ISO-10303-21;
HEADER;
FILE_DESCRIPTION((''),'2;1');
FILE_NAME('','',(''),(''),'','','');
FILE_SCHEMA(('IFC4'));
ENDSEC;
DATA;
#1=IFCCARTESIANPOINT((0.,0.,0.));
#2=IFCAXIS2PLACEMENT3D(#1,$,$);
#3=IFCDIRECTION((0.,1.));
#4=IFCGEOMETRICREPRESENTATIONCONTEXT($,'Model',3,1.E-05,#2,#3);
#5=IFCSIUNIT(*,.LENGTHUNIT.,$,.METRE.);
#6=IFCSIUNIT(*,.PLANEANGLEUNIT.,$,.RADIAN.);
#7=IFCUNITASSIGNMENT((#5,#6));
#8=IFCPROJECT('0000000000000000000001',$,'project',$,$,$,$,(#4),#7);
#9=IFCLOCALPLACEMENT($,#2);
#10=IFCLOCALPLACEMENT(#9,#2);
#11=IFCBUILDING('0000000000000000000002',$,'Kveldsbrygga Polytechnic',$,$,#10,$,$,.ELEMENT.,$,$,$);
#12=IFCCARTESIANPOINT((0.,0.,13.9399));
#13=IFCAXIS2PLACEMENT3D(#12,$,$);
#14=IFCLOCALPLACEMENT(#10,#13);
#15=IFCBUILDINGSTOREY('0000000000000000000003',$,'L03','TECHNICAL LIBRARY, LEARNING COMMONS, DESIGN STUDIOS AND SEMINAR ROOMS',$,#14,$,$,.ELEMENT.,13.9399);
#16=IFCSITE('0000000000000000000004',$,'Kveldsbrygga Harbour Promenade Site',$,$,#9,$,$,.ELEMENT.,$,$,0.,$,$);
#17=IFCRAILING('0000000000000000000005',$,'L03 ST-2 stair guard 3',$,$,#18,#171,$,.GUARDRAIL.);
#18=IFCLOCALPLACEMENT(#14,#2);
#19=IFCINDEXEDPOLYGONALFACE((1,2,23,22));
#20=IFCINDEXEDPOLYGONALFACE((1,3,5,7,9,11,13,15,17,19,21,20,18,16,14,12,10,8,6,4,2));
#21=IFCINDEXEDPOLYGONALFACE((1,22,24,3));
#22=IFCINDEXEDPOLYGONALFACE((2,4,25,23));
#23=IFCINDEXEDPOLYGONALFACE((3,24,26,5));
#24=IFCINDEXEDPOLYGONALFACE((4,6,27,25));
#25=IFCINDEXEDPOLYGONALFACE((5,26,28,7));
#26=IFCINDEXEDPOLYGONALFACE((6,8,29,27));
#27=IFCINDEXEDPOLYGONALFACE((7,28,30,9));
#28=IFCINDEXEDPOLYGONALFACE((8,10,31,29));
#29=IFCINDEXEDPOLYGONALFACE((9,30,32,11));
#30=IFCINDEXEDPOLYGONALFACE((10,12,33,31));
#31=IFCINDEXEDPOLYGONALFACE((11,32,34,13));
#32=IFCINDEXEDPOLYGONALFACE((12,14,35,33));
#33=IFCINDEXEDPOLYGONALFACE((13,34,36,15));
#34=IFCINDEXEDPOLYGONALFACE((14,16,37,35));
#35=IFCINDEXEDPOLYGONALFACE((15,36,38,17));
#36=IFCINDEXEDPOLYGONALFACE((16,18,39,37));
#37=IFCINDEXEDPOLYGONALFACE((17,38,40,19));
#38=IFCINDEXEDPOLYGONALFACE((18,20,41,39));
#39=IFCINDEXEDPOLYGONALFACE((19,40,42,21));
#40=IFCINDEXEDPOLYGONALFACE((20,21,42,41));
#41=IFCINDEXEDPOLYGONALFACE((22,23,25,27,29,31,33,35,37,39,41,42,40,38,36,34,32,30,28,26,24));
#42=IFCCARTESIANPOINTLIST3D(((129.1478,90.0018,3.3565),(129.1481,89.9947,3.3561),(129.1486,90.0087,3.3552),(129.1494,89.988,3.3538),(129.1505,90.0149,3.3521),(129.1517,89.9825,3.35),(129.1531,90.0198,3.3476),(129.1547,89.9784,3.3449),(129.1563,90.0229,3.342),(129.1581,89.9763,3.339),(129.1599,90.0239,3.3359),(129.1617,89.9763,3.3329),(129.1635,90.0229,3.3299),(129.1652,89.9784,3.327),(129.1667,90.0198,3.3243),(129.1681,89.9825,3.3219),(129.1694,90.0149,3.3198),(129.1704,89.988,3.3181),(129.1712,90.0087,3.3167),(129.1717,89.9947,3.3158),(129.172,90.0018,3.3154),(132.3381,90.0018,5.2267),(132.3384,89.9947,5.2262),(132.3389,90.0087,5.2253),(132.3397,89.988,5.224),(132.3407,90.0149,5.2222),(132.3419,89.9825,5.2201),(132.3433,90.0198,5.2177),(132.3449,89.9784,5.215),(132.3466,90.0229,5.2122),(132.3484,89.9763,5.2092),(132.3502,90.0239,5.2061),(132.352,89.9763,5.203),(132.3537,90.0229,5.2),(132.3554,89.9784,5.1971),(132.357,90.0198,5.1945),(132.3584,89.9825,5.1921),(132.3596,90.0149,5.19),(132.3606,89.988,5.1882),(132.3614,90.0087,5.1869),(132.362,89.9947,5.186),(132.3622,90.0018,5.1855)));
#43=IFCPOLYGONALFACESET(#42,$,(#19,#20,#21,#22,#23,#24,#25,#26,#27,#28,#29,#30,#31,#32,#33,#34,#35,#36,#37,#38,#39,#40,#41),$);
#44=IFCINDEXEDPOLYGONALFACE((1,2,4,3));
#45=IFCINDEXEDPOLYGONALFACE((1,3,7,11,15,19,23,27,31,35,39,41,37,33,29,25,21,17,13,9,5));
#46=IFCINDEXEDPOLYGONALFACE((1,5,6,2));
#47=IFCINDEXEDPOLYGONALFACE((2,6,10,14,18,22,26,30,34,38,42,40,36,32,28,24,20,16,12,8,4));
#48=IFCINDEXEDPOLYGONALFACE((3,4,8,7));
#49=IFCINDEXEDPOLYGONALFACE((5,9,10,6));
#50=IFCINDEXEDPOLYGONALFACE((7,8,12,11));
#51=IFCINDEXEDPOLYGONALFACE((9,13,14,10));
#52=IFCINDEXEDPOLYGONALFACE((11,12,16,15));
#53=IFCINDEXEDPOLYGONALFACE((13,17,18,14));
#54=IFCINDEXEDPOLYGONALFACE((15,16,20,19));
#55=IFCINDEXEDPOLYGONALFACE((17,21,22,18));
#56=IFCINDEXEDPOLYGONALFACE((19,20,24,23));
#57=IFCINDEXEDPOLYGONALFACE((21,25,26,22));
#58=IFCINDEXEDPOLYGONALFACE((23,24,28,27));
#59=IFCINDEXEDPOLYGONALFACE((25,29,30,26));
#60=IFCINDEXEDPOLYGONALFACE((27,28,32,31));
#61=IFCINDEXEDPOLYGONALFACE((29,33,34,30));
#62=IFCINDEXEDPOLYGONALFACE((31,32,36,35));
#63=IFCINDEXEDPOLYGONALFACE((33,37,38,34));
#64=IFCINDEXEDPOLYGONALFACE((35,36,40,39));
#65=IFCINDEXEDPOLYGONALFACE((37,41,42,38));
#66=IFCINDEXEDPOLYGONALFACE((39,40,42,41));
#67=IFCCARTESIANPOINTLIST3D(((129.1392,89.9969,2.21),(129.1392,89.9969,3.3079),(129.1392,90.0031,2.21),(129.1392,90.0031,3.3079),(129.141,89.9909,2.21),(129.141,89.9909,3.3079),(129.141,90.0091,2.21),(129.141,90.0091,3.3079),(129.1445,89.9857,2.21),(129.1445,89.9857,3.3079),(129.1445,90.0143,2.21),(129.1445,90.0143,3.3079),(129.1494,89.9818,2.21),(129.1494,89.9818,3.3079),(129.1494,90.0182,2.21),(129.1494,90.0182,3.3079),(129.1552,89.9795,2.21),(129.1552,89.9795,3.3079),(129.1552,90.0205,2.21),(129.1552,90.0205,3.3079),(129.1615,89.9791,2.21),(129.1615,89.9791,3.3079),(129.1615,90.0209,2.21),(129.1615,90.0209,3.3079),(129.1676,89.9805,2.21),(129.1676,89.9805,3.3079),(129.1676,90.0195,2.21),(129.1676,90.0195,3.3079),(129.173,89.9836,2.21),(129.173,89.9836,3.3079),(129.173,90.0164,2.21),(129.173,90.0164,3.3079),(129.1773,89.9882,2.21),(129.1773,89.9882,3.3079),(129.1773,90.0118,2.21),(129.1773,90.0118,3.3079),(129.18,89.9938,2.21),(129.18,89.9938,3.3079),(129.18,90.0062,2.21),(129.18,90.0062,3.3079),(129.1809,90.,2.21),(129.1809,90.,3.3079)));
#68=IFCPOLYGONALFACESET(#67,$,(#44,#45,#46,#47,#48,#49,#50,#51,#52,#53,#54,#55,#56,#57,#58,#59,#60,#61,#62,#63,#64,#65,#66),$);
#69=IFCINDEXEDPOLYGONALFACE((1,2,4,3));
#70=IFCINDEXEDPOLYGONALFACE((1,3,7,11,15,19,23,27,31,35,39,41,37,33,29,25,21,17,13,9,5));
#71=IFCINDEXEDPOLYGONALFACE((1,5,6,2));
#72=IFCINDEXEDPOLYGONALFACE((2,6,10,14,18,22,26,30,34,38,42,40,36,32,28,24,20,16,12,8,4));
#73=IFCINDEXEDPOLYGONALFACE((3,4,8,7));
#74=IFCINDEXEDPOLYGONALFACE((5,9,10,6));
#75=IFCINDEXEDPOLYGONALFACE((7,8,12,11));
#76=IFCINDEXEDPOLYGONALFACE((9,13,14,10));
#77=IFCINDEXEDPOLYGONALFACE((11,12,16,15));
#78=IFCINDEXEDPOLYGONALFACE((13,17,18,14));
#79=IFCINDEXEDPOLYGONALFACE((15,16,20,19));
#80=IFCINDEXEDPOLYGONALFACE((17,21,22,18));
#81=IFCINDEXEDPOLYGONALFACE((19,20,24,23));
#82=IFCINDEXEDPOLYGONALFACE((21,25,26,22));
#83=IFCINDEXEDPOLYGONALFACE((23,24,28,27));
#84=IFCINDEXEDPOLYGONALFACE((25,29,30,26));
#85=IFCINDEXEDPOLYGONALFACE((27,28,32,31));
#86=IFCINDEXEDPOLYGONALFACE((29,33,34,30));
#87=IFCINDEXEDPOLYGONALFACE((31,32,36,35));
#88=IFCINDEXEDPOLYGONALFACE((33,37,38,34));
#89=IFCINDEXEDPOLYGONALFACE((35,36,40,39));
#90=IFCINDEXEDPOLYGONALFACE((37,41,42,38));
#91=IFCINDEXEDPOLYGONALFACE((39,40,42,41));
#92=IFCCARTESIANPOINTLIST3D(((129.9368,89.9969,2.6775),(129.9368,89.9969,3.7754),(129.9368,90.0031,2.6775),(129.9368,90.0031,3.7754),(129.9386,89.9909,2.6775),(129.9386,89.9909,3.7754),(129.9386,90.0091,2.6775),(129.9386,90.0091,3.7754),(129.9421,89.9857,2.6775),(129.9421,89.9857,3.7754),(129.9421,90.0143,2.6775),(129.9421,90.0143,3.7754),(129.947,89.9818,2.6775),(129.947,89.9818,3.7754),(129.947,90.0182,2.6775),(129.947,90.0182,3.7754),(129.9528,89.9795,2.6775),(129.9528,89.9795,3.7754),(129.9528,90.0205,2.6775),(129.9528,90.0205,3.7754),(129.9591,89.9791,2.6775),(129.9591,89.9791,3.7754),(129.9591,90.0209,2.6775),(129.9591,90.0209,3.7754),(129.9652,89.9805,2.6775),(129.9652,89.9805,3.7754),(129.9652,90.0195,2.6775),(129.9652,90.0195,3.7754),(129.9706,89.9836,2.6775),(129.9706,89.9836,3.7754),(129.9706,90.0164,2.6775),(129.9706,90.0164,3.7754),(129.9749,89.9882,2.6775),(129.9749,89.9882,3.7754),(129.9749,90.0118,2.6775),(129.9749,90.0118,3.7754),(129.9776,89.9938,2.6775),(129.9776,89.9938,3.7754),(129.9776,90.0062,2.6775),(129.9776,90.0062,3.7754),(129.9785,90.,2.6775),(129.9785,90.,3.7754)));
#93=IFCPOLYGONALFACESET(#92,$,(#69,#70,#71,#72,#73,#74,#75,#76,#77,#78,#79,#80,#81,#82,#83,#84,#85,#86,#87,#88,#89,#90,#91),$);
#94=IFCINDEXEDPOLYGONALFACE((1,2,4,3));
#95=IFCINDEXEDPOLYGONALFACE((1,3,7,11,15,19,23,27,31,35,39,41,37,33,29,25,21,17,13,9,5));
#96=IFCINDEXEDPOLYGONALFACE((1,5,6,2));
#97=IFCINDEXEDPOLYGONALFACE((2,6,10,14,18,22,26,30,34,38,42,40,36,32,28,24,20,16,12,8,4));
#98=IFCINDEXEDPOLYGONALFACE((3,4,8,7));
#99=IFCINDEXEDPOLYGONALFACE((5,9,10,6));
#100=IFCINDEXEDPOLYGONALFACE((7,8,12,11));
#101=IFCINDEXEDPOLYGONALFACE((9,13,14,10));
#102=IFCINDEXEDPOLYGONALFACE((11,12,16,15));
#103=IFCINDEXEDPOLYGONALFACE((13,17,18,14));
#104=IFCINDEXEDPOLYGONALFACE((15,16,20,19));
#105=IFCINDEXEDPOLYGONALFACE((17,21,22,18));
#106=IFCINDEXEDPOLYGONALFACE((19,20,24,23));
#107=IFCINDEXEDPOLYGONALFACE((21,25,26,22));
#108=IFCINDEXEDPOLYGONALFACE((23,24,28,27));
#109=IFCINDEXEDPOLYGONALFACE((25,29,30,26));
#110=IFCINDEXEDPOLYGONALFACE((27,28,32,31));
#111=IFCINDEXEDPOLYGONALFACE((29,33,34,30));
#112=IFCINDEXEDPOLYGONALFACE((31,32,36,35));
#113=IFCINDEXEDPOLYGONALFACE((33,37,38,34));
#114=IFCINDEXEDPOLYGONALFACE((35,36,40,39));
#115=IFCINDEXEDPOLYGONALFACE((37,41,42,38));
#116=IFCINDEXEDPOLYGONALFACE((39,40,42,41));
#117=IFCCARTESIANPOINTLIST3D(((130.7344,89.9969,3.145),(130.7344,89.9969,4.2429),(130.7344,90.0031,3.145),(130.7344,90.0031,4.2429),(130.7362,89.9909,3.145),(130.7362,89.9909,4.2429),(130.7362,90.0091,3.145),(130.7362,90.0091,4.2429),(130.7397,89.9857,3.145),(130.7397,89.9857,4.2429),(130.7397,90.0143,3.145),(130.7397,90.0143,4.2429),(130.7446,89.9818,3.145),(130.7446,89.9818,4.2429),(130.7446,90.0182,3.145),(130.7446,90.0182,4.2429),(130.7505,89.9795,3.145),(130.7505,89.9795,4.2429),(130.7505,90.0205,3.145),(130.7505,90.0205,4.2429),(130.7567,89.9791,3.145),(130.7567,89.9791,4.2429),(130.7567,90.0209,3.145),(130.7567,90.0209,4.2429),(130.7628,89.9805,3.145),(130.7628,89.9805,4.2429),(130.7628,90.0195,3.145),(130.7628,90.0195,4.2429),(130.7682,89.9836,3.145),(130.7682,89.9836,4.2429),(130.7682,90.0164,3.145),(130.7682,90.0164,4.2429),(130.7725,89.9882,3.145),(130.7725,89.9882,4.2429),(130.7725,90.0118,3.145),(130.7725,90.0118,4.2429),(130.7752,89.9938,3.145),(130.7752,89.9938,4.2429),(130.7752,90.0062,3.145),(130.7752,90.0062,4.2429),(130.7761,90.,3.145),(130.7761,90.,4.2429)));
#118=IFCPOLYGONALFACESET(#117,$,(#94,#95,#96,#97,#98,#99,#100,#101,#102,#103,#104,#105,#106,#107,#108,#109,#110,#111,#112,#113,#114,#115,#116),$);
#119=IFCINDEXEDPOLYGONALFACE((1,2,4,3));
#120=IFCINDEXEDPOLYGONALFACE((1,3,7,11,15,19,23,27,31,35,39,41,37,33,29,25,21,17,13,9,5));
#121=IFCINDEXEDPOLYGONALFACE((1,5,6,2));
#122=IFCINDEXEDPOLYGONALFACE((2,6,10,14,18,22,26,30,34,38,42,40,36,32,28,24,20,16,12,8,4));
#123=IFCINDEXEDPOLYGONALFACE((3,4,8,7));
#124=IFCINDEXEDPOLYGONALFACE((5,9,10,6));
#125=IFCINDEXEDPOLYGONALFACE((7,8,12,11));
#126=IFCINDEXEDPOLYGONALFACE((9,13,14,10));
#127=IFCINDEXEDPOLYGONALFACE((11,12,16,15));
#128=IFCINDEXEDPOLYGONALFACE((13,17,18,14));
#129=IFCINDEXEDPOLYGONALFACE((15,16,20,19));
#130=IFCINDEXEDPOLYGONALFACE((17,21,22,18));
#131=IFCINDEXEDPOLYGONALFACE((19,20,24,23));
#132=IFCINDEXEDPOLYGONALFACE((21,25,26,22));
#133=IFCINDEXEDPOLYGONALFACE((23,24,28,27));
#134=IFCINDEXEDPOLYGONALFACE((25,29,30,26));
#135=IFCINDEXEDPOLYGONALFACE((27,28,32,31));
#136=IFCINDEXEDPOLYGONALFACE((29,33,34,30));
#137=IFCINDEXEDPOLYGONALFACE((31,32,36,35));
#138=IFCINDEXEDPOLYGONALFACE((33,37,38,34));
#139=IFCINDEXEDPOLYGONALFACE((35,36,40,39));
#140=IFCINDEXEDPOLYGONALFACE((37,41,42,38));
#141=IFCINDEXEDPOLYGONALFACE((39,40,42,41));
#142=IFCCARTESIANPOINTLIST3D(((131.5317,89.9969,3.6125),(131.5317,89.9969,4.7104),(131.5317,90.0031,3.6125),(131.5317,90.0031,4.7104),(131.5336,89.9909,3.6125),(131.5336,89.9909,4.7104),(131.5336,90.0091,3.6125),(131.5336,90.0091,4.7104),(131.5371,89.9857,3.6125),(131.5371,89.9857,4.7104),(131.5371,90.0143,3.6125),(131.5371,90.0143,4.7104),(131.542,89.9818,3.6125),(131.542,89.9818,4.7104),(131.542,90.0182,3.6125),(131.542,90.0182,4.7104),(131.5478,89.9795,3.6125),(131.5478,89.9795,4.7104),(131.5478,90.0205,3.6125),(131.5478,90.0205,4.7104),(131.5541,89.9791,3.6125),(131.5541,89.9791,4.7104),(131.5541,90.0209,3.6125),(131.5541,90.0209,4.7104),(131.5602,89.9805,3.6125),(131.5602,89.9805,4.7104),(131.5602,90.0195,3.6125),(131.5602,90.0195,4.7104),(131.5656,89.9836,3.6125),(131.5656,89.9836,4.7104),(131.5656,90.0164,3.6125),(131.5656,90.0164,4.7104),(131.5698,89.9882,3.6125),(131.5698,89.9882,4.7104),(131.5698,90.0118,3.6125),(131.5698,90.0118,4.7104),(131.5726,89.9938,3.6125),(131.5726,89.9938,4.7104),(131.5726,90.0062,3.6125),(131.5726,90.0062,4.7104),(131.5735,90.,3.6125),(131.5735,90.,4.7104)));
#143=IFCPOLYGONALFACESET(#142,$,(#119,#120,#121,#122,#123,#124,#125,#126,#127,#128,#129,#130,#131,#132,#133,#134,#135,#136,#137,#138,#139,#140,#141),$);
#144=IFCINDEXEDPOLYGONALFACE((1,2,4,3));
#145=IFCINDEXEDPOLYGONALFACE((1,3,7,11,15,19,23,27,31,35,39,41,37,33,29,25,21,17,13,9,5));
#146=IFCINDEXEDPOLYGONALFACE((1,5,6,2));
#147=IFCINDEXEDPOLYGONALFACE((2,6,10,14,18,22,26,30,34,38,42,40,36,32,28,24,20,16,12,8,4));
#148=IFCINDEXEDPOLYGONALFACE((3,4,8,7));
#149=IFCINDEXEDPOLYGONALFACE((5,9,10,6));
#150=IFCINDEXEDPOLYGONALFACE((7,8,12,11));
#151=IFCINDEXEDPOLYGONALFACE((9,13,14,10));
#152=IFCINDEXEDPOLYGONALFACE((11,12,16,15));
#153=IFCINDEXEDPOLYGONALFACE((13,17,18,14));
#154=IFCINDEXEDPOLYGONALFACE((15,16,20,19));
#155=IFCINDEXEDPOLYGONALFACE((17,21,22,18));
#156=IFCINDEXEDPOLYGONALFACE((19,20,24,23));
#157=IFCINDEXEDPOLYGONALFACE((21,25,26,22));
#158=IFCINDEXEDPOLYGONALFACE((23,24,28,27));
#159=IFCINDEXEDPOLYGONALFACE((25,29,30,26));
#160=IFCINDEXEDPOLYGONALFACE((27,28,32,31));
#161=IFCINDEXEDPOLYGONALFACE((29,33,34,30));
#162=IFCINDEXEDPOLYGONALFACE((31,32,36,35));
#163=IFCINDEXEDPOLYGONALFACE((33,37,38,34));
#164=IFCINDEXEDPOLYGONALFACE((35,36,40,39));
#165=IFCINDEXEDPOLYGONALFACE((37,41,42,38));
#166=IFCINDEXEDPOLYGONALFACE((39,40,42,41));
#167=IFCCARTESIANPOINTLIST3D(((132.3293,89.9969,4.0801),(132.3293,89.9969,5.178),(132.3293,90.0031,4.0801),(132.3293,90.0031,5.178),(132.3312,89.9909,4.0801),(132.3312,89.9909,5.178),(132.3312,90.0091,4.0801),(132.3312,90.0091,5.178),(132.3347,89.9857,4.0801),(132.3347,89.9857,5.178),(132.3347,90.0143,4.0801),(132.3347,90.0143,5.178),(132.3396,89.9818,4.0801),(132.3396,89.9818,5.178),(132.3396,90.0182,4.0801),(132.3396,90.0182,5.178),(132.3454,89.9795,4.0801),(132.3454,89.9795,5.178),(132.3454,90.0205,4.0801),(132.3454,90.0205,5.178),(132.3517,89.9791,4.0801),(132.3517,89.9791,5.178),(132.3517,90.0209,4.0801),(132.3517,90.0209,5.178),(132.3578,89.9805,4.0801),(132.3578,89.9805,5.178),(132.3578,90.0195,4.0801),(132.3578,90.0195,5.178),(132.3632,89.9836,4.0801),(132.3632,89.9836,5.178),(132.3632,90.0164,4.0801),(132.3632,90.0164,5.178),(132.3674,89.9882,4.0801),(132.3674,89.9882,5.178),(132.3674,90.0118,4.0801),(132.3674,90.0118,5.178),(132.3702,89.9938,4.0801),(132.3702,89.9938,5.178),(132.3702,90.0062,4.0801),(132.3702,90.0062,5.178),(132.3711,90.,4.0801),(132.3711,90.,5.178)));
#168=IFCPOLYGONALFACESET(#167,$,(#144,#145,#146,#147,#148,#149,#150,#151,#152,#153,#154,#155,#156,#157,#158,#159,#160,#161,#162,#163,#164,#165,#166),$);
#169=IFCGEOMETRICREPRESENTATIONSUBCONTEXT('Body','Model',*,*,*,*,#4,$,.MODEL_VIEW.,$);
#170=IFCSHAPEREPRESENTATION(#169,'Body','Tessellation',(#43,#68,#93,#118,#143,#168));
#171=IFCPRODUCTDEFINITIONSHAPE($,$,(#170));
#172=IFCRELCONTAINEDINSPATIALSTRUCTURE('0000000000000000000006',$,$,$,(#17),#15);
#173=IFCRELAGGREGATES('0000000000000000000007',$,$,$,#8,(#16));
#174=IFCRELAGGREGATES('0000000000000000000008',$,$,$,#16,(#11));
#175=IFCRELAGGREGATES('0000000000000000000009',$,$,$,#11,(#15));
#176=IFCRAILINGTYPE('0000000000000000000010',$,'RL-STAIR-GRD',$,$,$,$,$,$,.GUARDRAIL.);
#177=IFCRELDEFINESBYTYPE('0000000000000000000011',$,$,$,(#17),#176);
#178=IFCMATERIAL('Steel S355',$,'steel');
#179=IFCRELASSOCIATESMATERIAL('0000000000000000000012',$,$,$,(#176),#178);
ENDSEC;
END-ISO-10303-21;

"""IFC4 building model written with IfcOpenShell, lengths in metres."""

from ifc_helpers import new_model, si_unit, direction, frame, origin, origin_2d, place, context, subcontext, project, spatial, circle, extrude, material, type_object, element, save


model = new_model("IFC4")

# Units and contexts
model_context = context("Model", 3, precision=1e-05, world=origin(), true_north=direction((0.0, 1.0)))
body_context = subcontext(model_context, "Body", "Model", "MODEL_VIEW")
ifc_project = project(units=[si_unit("LENGTHUNIT", "METRE"), si_unit("PLANEANGLEUNIT", "RADIAN")], contexts=[model_context])

# Site, building, storey
site_placement = place(None, origin())
site = spatial("IfcSite", under=ifc_project, at=site_placement, Name="Kveldsbrygga Harbour Promenade Site", CompositionType="ELEMENT", RefElevation=0.0)
building_placement = place(site_placement, origin())
building = spatial("IfcBuilding", under=site, at=building_placement, Name="Kveldsbrygga Polytechnic", CompositionType="ELEMENT")
storey_placement = place(building_placement, frame((0.0, 0.0, 13.9399)))
storey = spatial("IfcBuildingStorey", under=building, at=storey_placement, Name="L03", Description="TECHNICAL LIBRARY, LEARNING COMMONS, DESIGN STUDIOS AND SEMINAR ROOMS", CompositionType="ELEMENT", Elevation=13.9399)

# Railing
ifc_material_1 = material(Name="Steel S355", Category="steel")
railing_type_1 = type_object("IfcRailingType", Name="RL-STAIR-GRD", PredefinedType="GUARDRAIL", material=ifc_material_1)
railing_1_placement = place(storey_placement, frame((129.1599, 90.0, 2.21)))
element("IfcRailing", 1, at=railing_1_placement, inside=storey, type_object=railing_type_1, Name="L03 ST-2 stair guard 3", PredefinedType="GUARDRAIL", context=body_context, shape_type="SweptSolid", body=[
    extrude(circle(Radius=0.0239, at=origin_2d()), frame((0.0, 0.0, 1.126), z_axis=(0.862697, 0.0, 0.505721), x_axis=(0.0, 1.0, 0.0)), (0.0, 0.0, 1.0), 3.698),
    extrude(circle(Radius=0.021, at=origin_2d()), origin(), (0.0, 0.0, 1.0), 1.0979),
    extrude(circle(Radius=0.021, at=origin_2d()), frame((0.7976, 0.0, 0.4675)), (0.0, 0.0, 1.0), 1.0979),
    extrude(circle(Radius=0.021, at=origin_2d()), frame((1.5952, 0.0, 0.9351)), (0.0, 0.0, 1.0), 1.0979),
    extrude(circle(Radius=0.021, at=origin_2d()), frame((2.3926, 0.0, 1.4026)), (0.0, 0.0, 1.0), 1.0979),
    extrude(circle(Radius=0.021, at=origin_2d()), frame((3.1902, 0.0, 1.8701)), (0.0, 0.0, 1.0), 1.0979),
])

save(model, "model.ifc")
